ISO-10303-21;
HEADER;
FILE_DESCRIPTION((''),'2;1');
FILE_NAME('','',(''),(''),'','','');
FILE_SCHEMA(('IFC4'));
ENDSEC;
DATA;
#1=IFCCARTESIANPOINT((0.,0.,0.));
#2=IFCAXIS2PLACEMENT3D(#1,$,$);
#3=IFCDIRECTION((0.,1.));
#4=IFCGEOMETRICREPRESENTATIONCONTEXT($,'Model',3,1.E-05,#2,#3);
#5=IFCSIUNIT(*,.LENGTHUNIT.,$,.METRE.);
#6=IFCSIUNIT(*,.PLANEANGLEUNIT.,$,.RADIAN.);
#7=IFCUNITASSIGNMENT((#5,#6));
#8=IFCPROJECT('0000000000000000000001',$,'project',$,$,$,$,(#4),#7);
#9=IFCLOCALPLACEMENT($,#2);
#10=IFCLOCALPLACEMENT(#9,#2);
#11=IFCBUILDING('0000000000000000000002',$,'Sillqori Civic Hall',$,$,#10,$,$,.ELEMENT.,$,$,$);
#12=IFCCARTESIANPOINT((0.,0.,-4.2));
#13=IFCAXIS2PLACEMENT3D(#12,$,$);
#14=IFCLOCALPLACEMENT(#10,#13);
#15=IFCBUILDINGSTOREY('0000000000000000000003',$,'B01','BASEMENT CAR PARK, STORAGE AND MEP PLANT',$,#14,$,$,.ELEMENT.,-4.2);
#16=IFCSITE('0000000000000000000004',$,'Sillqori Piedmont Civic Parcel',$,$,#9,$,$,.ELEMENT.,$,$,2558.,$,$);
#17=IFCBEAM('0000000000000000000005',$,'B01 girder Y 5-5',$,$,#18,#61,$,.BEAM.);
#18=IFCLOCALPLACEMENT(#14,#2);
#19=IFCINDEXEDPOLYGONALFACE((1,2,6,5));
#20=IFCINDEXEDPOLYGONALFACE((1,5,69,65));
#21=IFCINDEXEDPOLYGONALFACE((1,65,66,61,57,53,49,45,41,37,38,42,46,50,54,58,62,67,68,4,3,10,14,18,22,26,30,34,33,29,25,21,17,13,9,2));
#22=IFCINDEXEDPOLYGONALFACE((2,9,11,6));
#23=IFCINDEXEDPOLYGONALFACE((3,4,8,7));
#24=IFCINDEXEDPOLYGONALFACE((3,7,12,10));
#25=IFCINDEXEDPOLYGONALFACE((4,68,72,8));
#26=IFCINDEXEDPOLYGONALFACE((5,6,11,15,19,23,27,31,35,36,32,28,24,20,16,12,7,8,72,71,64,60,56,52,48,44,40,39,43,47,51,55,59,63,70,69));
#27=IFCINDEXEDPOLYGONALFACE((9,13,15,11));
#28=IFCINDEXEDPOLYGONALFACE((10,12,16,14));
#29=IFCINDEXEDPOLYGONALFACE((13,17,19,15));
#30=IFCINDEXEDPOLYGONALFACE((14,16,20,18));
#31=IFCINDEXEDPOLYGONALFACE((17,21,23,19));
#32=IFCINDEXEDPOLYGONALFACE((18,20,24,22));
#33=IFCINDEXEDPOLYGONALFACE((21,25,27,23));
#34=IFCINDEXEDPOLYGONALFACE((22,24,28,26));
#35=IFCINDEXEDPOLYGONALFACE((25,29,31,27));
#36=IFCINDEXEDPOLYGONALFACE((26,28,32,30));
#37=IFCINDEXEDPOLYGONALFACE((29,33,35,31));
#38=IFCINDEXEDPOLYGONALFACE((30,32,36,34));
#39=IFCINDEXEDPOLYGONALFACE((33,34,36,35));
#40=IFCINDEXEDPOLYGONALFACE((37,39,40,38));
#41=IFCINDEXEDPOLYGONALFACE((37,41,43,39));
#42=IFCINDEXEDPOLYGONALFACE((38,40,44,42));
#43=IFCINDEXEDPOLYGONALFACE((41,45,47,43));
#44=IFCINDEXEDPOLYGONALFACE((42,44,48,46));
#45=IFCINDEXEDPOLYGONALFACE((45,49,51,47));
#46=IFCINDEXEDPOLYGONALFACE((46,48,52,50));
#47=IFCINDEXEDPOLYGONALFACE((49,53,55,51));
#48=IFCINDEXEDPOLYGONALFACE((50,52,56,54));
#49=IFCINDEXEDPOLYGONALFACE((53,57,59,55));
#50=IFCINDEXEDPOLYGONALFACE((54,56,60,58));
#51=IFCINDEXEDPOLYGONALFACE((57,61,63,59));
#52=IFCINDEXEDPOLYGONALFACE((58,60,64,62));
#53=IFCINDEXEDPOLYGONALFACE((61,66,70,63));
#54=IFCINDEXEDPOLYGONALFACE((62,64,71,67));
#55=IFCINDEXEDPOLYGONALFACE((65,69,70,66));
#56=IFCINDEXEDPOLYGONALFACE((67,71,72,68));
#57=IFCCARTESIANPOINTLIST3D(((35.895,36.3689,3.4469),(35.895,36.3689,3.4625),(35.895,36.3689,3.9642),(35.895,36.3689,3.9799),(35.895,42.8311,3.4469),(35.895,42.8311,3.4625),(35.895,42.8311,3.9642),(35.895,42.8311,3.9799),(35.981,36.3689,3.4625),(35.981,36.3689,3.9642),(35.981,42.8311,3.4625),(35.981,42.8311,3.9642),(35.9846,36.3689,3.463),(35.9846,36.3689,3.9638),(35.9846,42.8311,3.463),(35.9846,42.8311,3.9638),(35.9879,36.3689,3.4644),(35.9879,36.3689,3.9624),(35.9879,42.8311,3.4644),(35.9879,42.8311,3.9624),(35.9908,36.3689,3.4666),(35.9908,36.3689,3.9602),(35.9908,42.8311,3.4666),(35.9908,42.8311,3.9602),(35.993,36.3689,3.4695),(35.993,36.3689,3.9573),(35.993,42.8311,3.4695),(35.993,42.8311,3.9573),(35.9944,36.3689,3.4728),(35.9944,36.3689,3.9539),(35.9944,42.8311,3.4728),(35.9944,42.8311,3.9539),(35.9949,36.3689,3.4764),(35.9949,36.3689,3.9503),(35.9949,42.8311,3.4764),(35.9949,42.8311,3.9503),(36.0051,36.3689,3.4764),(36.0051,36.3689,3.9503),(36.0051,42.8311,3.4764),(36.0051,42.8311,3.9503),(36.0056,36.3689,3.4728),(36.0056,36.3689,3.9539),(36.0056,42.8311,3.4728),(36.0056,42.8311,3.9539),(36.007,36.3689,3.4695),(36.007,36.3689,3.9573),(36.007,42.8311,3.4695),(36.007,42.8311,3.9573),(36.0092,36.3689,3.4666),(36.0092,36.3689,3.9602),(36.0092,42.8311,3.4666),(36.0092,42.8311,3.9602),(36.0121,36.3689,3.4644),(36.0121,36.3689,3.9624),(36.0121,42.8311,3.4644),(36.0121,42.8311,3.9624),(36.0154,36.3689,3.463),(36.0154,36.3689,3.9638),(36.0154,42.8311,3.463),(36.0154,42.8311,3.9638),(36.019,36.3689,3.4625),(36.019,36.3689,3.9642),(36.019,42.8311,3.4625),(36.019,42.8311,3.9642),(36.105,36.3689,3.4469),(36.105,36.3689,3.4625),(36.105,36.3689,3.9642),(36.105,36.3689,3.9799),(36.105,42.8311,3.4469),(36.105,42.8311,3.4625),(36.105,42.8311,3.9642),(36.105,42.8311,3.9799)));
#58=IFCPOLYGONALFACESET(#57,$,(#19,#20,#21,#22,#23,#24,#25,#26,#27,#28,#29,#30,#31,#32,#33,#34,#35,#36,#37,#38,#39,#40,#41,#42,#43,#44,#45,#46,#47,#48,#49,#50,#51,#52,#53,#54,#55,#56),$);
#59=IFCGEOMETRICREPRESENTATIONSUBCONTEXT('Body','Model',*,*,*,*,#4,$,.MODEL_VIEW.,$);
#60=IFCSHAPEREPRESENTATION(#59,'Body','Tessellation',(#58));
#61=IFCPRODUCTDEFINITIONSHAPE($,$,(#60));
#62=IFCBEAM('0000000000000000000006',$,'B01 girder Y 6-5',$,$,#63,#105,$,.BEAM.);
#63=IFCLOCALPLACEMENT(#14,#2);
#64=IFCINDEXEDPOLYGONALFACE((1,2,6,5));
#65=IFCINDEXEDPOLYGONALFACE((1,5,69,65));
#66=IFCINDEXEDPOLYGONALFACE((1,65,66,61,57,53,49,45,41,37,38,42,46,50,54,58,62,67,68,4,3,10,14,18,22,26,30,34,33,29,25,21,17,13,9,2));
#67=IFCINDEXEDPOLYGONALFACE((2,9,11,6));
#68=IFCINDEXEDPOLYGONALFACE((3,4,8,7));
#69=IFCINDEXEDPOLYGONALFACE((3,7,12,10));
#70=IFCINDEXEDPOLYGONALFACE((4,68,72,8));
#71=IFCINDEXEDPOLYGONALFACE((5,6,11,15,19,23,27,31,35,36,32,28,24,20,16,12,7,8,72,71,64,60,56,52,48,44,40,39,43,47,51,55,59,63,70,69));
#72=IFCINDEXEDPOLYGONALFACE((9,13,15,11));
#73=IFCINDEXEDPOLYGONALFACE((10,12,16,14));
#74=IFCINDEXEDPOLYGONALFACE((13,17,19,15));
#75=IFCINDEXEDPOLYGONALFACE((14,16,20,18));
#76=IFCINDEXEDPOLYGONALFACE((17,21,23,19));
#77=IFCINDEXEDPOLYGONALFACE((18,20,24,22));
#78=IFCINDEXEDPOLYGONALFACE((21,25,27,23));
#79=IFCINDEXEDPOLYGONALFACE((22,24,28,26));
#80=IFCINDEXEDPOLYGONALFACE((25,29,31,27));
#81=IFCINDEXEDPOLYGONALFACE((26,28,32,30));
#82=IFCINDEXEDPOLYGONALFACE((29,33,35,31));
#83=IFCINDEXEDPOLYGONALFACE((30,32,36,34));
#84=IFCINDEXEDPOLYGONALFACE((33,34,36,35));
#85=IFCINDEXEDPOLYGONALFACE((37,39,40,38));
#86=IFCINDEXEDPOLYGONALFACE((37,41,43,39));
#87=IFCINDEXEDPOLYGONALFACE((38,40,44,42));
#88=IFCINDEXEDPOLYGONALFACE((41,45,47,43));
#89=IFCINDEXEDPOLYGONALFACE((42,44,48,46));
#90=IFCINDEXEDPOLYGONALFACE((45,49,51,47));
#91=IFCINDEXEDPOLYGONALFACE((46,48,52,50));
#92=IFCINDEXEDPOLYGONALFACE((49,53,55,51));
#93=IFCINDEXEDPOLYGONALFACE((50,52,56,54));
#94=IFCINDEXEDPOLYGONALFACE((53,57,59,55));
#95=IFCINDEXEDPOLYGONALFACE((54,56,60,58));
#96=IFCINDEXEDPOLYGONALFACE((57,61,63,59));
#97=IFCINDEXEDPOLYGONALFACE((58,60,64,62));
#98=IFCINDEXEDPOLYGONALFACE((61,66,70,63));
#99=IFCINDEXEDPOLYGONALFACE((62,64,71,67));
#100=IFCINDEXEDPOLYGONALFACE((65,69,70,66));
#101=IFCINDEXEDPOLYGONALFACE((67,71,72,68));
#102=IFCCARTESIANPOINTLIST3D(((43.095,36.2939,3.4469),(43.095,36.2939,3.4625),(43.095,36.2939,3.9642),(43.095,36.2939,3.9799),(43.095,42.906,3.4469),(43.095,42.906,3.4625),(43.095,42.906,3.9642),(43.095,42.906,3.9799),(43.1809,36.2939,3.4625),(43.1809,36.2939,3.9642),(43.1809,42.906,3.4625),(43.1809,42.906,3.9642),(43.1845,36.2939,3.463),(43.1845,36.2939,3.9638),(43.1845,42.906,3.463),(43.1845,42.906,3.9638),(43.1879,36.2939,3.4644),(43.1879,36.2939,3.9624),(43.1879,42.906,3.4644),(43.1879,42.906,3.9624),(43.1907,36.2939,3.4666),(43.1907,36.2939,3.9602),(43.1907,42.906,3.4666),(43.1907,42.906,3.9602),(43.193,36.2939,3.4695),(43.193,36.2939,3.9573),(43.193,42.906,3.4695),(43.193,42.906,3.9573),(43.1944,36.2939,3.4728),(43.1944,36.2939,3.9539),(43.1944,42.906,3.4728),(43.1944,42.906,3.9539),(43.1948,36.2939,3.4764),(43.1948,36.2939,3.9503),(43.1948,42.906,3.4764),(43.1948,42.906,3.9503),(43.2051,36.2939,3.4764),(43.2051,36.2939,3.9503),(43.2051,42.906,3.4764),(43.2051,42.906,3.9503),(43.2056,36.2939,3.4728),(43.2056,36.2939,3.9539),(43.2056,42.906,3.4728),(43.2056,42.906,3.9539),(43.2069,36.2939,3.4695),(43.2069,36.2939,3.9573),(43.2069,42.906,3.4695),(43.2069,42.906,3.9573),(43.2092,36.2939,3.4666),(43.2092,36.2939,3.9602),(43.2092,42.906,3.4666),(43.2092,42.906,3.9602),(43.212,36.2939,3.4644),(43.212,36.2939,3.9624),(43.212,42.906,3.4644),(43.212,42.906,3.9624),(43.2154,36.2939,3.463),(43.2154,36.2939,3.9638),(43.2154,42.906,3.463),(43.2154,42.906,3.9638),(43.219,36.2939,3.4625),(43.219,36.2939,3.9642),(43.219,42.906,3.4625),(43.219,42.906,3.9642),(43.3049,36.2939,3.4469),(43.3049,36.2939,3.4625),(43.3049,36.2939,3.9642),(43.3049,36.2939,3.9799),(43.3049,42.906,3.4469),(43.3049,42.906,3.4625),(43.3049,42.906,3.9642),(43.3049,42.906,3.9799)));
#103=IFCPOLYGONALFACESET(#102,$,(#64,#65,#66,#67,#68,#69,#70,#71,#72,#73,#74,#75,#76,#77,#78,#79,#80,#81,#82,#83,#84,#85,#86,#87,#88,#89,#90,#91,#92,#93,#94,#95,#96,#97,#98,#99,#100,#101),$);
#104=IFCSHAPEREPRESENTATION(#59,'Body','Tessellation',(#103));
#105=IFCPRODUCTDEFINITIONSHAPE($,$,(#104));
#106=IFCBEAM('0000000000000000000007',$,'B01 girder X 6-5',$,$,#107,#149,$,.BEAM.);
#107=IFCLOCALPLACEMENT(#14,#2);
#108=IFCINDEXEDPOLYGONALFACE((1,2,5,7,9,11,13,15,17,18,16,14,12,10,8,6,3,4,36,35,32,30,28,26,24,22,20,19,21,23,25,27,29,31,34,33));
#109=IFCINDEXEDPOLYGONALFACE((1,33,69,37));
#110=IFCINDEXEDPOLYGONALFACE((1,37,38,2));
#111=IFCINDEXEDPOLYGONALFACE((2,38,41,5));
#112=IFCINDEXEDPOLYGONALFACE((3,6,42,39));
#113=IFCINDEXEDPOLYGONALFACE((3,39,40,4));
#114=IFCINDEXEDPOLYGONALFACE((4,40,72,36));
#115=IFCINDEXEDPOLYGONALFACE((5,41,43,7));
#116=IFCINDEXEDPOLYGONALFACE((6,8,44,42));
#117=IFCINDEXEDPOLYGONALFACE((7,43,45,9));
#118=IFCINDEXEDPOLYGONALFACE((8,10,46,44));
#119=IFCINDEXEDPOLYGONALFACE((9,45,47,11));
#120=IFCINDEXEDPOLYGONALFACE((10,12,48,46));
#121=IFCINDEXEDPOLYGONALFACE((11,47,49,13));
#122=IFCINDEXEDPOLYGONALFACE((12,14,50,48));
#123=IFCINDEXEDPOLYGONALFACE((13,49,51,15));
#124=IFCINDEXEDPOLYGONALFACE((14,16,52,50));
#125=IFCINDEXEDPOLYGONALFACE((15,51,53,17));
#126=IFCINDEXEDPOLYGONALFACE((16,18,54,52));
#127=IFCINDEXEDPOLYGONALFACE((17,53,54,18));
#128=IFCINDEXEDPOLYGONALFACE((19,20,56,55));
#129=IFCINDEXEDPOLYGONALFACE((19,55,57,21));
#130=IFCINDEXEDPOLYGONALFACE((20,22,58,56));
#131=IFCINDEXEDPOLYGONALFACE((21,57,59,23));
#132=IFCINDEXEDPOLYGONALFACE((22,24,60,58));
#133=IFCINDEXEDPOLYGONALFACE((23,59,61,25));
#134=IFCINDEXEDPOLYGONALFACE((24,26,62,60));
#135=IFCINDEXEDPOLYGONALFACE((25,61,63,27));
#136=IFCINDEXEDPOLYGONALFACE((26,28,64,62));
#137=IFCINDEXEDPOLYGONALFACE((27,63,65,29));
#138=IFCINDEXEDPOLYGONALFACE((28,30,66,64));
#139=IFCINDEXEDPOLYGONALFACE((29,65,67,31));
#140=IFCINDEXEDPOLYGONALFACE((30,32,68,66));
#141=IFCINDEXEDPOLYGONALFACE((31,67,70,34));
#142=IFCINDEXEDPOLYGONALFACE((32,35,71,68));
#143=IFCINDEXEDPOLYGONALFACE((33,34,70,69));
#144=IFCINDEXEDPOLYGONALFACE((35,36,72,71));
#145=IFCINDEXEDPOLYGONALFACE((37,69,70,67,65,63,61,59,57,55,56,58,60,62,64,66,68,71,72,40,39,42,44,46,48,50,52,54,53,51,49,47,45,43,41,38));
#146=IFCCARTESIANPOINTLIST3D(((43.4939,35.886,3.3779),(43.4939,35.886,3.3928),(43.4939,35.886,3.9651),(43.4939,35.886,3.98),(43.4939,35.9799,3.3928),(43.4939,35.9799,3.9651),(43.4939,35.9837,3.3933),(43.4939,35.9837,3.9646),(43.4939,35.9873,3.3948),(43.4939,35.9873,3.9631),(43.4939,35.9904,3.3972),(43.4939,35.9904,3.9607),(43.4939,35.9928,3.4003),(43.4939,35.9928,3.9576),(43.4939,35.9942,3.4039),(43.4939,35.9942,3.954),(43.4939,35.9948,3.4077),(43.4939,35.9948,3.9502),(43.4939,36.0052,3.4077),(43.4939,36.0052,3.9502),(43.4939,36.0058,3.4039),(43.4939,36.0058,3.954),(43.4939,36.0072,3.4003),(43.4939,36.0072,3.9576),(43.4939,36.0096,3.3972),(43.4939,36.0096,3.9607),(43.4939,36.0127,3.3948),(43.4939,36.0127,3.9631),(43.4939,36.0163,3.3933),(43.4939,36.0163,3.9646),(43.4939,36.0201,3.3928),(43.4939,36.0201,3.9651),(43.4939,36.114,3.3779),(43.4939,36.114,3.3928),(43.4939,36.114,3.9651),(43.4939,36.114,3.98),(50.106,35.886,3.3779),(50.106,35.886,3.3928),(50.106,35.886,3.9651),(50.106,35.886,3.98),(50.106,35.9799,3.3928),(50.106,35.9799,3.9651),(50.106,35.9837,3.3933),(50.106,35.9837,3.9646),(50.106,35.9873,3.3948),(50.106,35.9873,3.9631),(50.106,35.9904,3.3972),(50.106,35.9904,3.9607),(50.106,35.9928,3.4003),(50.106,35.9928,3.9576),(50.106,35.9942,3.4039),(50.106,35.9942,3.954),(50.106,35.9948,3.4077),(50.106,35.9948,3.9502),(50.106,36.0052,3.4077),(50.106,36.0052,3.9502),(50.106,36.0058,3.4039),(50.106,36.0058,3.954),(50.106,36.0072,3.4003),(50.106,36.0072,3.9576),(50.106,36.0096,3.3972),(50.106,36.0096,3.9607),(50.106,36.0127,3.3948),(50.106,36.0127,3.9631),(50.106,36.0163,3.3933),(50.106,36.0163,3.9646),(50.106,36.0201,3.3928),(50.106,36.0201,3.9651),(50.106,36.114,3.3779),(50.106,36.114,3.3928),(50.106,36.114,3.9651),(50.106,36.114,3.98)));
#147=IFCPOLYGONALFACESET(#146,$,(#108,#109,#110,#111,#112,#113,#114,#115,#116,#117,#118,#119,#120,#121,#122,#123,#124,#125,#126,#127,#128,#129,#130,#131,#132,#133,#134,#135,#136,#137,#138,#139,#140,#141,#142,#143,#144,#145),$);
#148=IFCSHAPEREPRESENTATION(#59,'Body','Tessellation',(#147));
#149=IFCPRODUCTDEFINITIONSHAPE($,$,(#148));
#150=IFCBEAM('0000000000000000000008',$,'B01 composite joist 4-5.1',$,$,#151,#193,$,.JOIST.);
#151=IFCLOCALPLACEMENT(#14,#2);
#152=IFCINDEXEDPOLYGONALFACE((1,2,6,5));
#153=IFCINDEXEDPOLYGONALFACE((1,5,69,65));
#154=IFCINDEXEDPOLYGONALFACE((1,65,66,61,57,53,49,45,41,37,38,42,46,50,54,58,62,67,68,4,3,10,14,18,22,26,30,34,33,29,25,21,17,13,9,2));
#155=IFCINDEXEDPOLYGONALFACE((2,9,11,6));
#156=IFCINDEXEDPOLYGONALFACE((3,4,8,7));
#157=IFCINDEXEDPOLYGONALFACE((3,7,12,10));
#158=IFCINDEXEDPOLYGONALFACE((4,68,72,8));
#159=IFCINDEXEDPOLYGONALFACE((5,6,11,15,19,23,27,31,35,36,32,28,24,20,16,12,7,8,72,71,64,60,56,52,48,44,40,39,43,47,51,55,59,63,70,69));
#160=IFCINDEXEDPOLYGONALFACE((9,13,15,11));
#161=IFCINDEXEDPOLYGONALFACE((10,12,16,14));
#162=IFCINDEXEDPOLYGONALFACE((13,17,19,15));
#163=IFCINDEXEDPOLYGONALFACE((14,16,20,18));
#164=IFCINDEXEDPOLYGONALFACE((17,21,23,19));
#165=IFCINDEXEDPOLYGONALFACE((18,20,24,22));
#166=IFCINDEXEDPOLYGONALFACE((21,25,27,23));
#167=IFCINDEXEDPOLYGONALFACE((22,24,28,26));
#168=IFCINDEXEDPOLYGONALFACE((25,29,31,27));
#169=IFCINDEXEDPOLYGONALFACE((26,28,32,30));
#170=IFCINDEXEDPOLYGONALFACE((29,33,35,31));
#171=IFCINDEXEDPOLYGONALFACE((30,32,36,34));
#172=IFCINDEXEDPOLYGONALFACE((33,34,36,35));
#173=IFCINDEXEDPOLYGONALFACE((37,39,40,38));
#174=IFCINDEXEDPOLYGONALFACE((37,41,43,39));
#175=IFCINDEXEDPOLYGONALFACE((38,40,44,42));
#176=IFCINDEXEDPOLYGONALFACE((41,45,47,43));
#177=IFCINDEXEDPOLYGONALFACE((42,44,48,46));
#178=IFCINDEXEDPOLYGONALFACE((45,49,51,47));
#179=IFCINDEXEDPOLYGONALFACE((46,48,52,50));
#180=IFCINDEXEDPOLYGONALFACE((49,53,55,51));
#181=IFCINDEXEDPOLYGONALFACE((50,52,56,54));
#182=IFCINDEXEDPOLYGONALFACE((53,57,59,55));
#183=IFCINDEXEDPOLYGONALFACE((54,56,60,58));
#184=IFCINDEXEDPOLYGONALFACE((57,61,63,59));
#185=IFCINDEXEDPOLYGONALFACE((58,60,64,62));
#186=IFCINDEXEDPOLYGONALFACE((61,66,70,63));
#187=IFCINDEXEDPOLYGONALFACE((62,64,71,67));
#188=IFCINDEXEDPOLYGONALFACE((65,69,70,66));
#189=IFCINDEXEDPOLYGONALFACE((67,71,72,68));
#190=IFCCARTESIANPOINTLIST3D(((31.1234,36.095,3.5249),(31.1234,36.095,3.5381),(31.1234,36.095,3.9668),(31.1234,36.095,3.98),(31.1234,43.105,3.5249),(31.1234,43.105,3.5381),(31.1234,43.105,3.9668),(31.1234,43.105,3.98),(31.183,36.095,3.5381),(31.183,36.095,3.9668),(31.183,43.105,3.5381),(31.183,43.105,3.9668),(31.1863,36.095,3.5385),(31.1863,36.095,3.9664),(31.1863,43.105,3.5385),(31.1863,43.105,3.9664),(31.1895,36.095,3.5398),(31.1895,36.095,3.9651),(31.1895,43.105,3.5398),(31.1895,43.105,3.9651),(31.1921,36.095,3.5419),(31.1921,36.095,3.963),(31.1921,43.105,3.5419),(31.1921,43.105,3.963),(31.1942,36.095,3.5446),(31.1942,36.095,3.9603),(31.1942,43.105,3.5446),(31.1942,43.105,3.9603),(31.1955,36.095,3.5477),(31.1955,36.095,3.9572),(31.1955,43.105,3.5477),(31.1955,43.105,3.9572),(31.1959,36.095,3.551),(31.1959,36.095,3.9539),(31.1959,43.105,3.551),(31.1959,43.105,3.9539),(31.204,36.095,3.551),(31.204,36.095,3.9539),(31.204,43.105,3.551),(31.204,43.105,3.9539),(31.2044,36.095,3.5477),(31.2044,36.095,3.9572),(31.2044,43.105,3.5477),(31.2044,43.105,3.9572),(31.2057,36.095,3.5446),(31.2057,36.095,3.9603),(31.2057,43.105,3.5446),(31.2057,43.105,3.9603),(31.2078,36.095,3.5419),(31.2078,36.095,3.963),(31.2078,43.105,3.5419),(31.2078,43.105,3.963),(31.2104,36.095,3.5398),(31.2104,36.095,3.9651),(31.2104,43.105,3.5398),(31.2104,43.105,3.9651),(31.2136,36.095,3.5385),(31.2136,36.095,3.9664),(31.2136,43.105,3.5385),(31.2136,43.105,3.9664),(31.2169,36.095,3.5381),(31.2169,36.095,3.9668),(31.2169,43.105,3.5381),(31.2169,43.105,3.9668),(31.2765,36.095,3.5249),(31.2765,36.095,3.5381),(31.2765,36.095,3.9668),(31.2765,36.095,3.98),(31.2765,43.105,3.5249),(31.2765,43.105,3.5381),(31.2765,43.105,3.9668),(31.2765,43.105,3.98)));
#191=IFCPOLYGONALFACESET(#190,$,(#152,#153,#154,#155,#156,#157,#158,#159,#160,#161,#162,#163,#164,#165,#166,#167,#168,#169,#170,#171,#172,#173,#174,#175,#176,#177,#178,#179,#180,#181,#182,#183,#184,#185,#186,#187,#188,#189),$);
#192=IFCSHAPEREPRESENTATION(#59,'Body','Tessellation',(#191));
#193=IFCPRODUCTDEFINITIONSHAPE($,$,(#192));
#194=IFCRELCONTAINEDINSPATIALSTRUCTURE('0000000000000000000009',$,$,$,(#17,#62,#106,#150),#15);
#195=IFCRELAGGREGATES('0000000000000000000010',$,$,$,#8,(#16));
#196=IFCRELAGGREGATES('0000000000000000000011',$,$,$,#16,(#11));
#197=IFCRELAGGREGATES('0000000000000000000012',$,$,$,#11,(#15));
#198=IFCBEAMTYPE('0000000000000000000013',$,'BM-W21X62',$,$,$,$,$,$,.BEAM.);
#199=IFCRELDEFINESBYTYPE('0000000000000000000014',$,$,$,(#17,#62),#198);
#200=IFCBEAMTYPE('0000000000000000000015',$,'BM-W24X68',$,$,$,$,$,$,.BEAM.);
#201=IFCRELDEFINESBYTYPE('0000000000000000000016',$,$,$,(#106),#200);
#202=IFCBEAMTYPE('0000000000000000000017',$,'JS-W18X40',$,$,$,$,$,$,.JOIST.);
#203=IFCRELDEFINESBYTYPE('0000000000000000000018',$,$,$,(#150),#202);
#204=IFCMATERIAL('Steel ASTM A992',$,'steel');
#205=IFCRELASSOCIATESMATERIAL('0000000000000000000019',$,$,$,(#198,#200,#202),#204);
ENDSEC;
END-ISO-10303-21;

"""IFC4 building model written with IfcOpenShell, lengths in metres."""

from ifc_helpers import new_model, si_unit, direction, frame, origin, origin_2d, place, context, subcontext, project, spatial, i_section, extrude, material, material_profile, profile_set, type_object, element, save


model = new_model("IFC4")

# Units and contexts
model_context = context("Model", 3, precision=1e-05, world=origin(), true_north=direction((0.0, 1.0)))
body_context = subcontext(model_context, "Body", "Model", "MODEL_VIEW")
ifc_project = project(units=[si_unit("LENGTHUNIT", "METRE"), si_unit("PLANEANGLEUNIT", "RADIAN")], contexts=[model_context])

# Site, building, storey
site_placement = place(None, origin())
site = spatial("IfcSite", under=ifc_project, at=site_placement, Name="Sillqori Piedmont Civic Parcel", CompositionType="ELEMENT", RefElevation=2558.0)
building_placement = place(site_placement, origin())
building = spatial("IfcBuilding", under=site, at=building_placement, Name="Sillqori Civic Hall", CompositionType="ELEMENT")
storey_placement = place(building_placement, frame((0.0, 0.0, -4.2)))
storey = spatial("IfcBuildingStorey", under=building, at=storey_placement, Name="B01", Description="BASEMENT CAR PARK, STORAGE AND MEP PLANT", CompositionType="ELEMENT", Elevation=-4.2)

# Beams
ifc_material_1 = material(Name="Steel ASTM A992", Category="steel")
ifc_material_profile_1 = material_profile(ifc_material_1, i_section(OverallWidth=0.21, OverallDepth=0.533, WebThickness=0.0103, FlangeThickness=0.0156, FilletRadius=0.0139, at=origin_2d()), Name="W21X62")
ifc_profile_set_1 = profile_set([ifc_material_profile_1], Name="Steel ASTM A992")
beam_type_1 = type_object("IfcBeamType", Name="BM-W21X62", PredefinedType="BEAM", material=ifc_profile_set_1)
beam_1_placement = place(storey_placement, frame((36.0, 36.3689, 3.7134), z_axis=(0.0, 1.0, 0.0), x_axis=(-1.0, 0.0, 0.0)))
element("IfcBeam", 1, at=beam_1_placement, inside=storey, type_object=beam_type_1, Name="B01 girder Y 5-5", PredefinedType="BEAM", context=body_context, shape_type="SweptSolid", body=[
    extrude(i_section(OverallWidth=0.21, OverallDepth=0.533, WebThickness=0.0103, FlangeThickness=0.0156, FilletRadius=0.0139, at=origin_2d()), origin(), (0.0, 0.0, 1.0), 6.4622),
])
beam_2_placement = place(storey_placement, frame((43.2, 36.2939, 3.7134), z_axis=(0.0, 1.0, 0.0), x_axis=(-1.0, 0.0, 0.0)))
element("IfcBeam", 2, at=beam_2_placement, inside=storey, type_object=beam_type_1, Name="B01 girder Y 6-5", PredefinedType="BEAM", context=body_context, shape_type="SweptSolid", body=[
    extrude(i_section(OverallWidth=0.21, OverallDepth=0.533, WebThickness=0.0103, FlangeThickness=0.0156, FilletRadius=0.0139, at=origin_2d()), origin(), (0.0, 0.0, 1.0), 6.6121),
])
ifc_material_profile_2 = material_profile(ifc_material_1, i_section(OverallWidth=0.228, OverallDepth=0.6021, WebThickness=0.0105, FlangeThickness=0.0149, FilletRadius=0.0149, at=origin_2d()), Name="W24X68")
ifc_profile_set_2 = profile_set([ifc_material_profile_2], Name="Steel ASTM A992")
beam_type_2 = type_object("IfcBeamType", Name="BM-W24X68", PredefinedType="BEAM", material=ifc_profile_set_2)
beam_3_placement = place(storey_placement, frame((43.4939, 36.0, 3.679), z_axis=(1.0, 0.0, 0.0), x_axis=(0.0, 1.0, 0.0)))
element("IfcBeam", 3, at=beam_3_placement, inside=storey, type_object=beam_type_2, Name="B01 girder X 6-5", PredefinedType="BEAM", context=body_context, shape_type="SweptSolid", body=[
    extrude(i_section(OverallWidth=0.228, OverallDepth=0.6021, WebThickness=0.0105, FlangeThickness=0.0149, FilletRadius=0.0149, at=origin_2d()), origin(), (0.0, 0.0, 1.0), 6.6121),
])
ifc_material_profile_3 = material_profile(ifc_material_1, i_section(OverallWidth=0.1531, OverallDepth=0.4551, WebThickness=0.0081, FlangeThickness=0.0132, FilletRadius=0.0129, at=origin_2d()), Name="W18X40")
ifc_profile_set_3 = profile_set([ifc_material_profile_3], Name="Steel ASTM A992")
beam_type_3 = type_object("IfcBeamType", Name="JS-W18X40", PredefinedType="JOIST", material=ifc_profile_set_3)
for number, where, z_axis, x_axis, name in (
    (4, (31.2, 36.095, 3.7524), (0.0, 1.0, 0.0), (-1.0, 0.0, 0.0), "B01 composite joist 4-5.1"),
):
    element("IfcBeam", number, at=place(storey_placement, frame(where, z_axis=z_axis, x_axis=x_axis)), inside=storey, type_object=beam_type_3, Name=name, PredefinedType="JOIST", context=body_context, shape_type="SweptSolid", body=[
        extrude(i_section(OverallWidth=0.1531, OverallDepth=0.4551, WebThickness=0.0081, FlangeThickness=0.0132, FilletRadius=0.0129, at=origin_2d()), origin(), (0.0, 0.0, 1.0), 7.01),
    ])

save(model, "model.ifc")
